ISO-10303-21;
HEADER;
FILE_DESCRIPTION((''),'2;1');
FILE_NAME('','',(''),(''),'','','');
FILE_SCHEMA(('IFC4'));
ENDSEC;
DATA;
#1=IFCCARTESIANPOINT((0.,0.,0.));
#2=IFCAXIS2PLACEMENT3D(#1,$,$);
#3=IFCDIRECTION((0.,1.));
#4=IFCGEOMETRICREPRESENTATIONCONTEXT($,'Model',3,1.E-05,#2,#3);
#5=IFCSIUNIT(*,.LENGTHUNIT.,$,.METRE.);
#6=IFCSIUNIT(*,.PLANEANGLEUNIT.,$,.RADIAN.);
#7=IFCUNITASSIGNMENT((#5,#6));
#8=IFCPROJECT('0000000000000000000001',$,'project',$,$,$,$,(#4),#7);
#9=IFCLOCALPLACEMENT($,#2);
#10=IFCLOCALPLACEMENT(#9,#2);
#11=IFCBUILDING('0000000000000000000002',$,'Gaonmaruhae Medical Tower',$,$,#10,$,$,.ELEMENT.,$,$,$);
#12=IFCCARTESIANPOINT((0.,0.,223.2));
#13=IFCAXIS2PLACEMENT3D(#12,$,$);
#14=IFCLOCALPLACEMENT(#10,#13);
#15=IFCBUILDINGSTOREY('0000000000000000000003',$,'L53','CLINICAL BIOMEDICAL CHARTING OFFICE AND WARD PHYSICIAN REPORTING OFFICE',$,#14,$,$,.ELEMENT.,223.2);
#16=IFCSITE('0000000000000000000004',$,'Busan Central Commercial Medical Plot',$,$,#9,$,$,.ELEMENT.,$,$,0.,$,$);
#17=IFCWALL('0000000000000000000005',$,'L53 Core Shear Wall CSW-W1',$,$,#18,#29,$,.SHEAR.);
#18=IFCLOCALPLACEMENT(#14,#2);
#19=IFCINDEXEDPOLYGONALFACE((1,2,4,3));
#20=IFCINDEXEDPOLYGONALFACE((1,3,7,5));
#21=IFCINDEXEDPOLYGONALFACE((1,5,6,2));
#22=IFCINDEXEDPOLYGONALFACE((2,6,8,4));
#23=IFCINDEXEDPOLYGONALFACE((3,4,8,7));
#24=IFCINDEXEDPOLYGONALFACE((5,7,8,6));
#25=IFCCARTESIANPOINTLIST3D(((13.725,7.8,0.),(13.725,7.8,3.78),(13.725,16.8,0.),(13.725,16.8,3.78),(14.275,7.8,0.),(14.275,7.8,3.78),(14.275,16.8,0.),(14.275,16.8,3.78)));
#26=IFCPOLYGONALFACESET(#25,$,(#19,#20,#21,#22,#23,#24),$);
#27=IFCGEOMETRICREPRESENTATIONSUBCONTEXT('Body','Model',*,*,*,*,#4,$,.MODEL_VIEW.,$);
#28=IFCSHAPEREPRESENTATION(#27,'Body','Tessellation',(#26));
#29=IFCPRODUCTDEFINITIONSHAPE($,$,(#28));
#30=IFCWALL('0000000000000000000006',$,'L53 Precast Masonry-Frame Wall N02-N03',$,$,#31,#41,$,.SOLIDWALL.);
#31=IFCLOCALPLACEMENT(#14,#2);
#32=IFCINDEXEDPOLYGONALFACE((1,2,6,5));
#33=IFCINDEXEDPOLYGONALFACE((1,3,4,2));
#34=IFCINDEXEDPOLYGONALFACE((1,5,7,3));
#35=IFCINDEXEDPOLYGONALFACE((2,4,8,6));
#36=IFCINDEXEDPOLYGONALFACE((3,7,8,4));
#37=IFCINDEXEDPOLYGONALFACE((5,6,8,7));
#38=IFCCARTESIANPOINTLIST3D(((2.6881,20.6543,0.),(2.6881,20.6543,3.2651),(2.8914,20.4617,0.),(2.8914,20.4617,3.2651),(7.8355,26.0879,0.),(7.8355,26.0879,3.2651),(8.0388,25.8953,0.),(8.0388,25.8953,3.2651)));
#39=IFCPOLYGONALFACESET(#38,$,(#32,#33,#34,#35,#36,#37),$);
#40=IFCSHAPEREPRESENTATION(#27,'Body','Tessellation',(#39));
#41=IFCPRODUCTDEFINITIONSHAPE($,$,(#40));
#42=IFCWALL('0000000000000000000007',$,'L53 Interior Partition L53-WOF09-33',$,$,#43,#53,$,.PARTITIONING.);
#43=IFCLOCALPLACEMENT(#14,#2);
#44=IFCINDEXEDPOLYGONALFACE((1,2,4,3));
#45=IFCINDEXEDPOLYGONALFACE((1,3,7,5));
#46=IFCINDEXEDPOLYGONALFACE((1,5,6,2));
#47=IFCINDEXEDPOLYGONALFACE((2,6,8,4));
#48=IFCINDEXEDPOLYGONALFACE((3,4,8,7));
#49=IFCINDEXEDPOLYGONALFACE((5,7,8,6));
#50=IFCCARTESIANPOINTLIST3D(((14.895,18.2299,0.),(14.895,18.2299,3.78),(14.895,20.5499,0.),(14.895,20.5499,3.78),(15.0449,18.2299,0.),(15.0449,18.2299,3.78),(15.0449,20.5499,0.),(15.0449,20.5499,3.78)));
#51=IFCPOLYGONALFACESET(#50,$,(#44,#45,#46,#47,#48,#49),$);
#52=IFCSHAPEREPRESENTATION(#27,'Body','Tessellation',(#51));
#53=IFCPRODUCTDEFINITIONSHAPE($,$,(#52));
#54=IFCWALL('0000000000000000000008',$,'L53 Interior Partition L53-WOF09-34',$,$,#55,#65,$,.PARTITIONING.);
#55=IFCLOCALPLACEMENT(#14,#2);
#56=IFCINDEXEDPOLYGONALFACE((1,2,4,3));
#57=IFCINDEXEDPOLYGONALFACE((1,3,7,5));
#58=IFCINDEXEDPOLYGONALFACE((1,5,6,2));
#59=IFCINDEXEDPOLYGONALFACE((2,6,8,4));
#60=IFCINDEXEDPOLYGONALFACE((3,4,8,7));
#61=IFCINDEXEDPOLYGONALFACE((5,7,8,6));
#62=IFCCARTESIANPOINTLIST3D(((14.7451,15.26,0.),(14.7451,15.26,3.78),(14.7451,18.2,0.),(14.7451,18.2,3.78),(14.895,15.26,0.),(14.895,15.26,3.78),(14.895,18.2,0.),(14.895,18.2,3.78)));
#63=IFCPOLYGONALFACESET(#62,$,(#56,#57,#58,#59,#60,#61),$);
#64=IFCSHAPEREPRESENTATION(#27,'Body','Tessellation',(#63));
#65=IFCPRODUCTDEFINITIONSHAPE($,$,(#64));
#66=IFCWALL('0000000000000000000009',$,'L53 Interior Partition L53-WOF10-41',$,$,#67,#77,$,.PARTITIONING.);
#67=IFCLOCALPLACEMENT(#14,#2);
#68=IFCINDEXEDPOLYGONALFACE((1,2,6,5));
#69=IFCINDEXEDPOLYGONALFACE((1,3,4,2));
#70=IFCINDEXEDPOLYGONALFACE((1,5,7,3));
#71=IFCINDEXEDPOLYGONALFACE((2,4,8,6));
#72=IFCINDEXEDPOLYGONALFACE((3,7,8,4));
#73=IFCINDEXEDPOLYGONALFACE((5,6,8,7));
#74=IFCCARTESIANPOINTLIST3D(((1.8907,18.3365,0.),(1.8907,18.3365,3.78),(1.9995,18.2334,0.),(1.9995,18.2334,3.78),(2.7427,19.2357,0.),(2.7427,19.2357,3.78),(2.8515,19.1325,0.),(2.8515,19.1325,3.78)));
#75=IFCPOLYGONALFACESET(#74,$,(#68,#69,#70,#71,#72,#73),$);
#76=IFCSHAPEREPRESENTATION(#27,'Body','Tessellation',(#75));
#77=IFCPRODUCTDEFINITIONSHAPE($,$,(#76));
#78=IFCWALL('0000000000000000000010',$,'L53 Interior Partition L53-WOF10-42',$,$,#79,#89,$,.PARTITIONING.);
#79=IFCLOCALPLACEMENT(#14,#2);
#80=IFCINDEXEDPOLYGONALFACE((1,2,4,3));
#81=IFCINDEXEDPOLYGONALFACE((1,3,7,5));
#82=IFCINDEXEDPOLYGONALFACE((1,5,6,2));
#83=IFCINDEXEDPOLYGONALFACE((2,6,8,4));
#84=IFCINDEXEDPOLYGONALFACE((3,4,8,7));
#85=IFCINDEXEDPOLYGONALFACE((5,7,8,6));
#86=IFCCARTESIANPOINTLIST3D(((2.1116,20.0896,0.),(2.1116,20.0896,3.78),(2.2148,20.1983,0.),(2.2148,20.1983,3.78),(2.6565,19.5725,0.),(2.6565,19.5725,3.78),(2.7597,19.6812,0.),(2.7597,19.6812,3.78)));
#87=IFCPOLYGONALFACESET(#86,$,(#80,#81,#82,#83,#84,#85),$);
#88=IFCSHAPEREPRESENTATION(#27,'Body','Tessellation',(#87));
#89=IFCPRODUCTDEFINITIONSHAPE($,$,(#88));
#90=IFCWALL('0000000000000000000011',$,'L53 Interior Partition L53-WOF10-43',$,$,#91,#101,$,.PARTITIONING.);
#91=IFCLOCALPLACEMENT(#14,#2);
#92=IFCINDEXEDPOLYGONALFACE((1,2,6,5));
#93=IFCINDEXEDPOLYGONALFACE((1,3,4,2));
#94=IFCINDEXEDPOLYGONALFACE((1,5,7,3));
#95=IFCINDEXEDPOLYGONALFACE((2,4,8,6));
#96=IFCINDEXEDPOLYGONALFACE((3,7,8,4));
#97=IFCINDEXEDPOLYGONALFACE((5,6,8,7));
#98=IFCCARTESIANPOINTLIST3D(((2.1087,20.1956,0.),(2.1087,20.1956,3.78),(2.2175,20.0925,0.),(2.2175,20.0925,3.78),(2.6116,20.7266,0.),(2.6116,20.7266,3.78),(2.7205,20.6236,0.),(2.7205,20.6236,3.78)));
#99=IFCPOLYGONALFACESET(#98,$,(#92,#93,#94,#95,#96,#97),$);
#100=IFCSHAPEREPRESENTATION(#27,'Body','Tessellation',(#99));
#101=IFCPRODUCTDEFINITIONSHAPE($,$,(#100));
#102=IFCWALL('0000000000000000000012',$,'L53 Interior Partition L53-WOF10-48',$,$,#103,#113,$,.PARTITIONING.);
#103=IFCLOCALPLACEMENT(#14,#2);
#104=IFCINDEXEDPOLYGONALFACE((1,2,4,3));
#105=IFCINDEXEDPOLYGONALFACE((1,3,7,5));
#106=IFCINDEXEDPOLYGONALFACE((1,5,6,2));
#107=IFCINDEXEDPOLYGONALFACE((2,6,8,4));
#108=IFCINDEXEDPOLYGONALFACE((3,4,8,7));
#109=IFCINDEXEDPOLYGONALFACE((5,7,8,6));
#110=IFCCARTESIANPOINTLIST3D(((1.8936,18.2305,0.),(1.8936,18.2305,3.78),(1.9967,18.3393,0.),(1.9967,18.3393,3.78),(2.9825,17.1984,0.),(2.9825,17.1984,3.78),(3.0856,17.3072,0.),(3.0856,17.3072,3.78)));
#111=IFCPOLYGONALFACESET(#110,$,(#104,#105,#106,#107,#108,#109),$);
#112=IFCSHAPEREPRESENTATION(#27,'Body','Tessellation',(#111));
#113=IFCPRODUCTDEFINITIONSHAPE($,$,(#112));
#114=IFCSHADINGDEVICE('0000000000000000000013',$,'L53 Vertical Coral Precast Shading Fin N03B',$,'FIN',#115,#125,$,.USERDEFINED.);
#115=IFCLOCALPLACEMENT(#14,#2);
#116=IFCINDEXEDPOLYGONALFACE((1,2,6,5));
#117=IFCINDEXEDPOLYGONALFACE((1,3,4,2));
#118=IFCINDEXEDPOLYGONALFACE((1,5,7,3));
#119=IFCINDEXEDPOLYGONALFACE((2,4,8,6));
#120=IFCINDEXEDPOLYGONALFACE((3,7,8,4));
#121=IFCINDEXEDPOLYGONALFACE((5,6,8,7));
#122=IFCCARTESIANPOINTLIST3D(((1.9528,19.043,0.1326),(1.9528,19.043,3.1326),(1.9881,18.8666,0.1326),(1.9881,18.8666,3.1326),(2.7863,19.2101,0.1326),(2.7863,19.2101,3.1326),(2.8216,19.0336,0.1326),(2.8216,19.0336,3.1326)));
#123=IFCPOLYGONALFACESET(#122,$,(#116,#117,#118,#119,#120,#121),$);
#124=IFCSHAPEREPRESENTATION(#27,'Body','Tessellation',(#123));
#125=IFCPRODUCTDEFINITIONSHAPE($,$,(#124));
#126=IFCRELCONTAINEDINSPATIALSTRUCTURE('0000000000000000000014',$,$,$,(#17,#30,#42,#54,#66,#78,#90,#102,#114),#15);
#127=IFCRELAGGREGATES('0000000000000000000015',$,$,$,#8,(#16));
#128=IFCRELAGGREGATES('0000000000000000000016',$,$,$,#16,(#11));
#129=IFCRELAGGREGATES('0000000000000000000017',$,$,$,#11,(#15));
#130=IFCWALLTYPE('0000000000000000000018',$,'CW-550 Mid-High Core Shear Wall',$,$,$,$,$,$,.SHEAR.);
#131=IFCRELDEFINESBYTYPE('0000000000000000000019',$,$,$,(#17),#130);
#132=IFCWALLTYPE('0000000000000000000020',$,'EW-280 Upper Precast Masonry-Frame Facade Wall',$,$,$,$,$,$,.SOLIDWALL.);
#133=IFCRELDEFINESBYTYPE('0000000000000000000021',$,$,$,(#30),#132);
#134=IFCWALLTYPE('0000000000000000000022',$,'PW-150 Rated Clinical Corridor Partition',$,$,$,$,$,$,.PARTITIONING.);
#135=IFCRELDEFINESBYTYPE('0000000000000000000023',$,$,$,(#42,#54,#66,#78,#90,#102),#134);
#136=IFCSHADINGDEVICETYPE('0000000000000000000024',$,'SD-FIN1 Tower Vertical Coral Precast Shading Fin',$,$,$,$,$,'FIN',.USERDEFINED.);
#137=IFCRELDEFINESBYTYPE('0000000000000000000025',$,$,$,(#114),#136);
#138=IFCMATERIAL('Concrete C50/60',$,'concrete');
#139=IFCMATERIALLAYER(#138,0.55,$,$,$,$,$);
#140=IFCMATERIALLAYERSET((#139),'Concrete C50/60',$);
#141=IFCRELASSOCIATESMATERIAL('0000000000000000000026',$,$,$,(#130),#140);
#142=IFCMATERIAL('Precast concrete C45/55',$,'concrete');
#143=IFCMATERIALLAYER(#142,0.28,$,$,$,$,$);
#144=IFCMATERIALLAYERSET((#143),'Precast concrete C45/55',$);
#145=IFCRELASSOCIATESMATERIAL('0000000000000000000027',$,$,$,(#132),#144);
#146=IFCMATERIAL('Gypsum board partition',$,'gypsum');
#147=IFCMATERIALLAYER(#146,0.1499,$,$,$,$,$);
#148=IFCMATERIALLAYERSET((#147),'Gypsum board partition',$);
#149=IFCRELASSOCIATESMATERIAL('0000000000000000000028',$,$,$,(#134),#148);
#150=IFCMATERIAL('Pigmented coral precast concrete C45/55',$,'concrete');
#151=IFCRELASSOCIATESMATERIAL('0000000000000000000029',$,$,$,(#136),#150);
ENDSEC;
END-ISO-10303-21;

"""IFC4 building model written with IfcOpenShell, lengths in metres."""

from ifc_helpers import new_model, si_unit, direction, frame, frame_2d, origin, origin_2d, place, context, subcontext, project, spatial, rectangle, extrude, material, layer, layer_set, type_object, element, save


model = new_model("IFC4")

# Units and contexts
model_context = context("Model", 3, precision=1e-05, world=origin(), true_north=direction((0.0, 1.0)))
body_context = subcontext(model_context, "Body", "Model", "MODEL_VIEW")
ifc_project = project(units=[si_unit("LENGTHUNIT", "METRE"), si_unit("PLANEANGLEUNIT", "RADIAN")], contexts=[model_context])

# Site, building, storey
site_placement = place(None, origin())
site = spatial("IfcSite", under=ifc_project, at=site_placement, Name="Busan Central Commercial Medical Plot", CompositionType="ELEMENT", RefElevation=0.0)
building_placement = place(site_placement, origin())
building = spatial("IfcBuilding", under=site, at=building_placement, Name="Gaonmaruhae Medical Tower", CompositionType="ELEMENT")
storey_placement = place(building_placement, frame((0.0, 0.0, 223.2)))
storey = spatial("IfcBuildingStorey", under=building, at=storey_placement, Name="L53", Description="CLINICAL BIOMEDICAL CHARTING OFFICE AND WARD PHYSICIAN REPORTING OFFICE", CompositionType="ELEMENT", Elevation=223.2)

# Shared definitions
ifc_material_1 = material(Name="Concrete C50/60", Category="concrete")

# Walls
ifc_layer_1 = layer(ifc_material_1, 0.55)
ifc_layer_set_1 = layer_set([ifc_layer_1], Name="Concrete C50/60")
wall_type_1 = type_object("IfcWallType", Name="CW-550 Mid-High Core Shear Wall", PredefinedType="SHEAR", material=ifc_layer_set_1)
wall_1_placement = place(storey_placement, frame((14.0, 16.8, 0.0), z_axis=(0.0, 0.0, 1.0), x_axis=(0.0, -1.0, 0.0)))
element("IfcWall", 1, at=wall_1_placement, inside=storey, type_object=wall_type_1, Name="L53 Core Shear Wall CSW-W1", PredefinedType="SHEAR", context=body_context, shape_type="SweptSolid", body=[
    extrude(rectangle(XDim=9.0, YDim=0.55, at=frame_2d((4.5, 0.0))), origin(), (0.0, 0.0, 1.0), 3.78),
])
ifc_material_2 = material(Name="Precast concrete C45/55", Category="concrete")
ifc_layer_2 = layer(ifc_material_2, 0.28)
ifc_layer_set_2 = layer_set([ifc_layer_2], Name="Precast concrete C45/55")
wall_type_2 = type_object("IfcWallType", Name="EW-280 Upper Precast Masonry-Frame Facade Wall", PredefinedType="SOLIDWALL", material=ifc_layer_set_2)
wall_2_placement = place(storey_placement, frame((2.7898, 20.5581, 0.0), z_axis=(0.0, 0.0, 1.0), x_axis=(0.687734, 0.725963, 0.0)))
element("IfcWall", 2, at=wall_2_placement, inside=storey, type_object=wall_type_2, Name="L53 Precast Masonry-Frame Wall N02-N03", PredefinedType="SOLIDWALL", context=body_context, shape_type="SweptSolid", body=[
    extrude(rectangle(XDim=7.4846, YDim=0.28, at=frame_2d((3.7422, 0.0))), origin(), (0.0, 0.0, 1.0), 3.2651),
])
ifc_material_3 = material(Name="Gypsum board partition", Category="gypsum")
ifc_layer_3 = layer(ifc_material_3, 0.1499)
ifc_layer_set_3 = layer_set([ifc_layer_3], Name="Gypsum board partition")
wall_type_3 = type_object("IfcWallType", Name="PW-150 Rated Clinical Corridor Partition", PredefinedType="PARTITIONING", material=ifc_layer_set_3)
wall_3_placement = place(storey_placement, frame((14.97, 20.55, 0.0), z_axis=(0.0, 0.0, 1.0), x_axis=(0.0, -1.0, 0.0)))
element("IfcWall", 3, at=wall_3_placement, inside=storey, type_object=wall_type_3, Name="L53 Interior Partition L53-WOF09-33", PredefinedType="PARTITIONING", context=body_context, shape_type="SweptSolid", body=[
    extrude(rectangle(XDim=2.3201, YDim=0.1499, at=frame_2d((1.1602, 0.0))), origin(), (0.0, 0.0, 1.0), 3.78),
])
wall_4_placement = place(storey_placement, frame((14.8201, 18.2, 0.0), z_axis=(0.0, 0.0, 1.0), x_axis=(0.0, -1.0, 0.0)))
element("IfcWall", 4, at=wall_4_placement, inside=storey, type_object=wall_type_3, Name="L53 Interior Partition L53-WOF09-34", PredefinedType="PARTITIONING", context=body_context, shape_type="SweptSolid", body=[
    extrude(rectangle(XDim=2.9399, YDim=0.1499, at=frame_2d((1.47, 0.0))), origin(), (0.0, 0.0, 1.0), 3.78),
])
wall_5_placement = place(storey_placement, frame((1.9451, 18.2849, 0.0), z_axis=(0.0, 0.0, 1.0), x_axis=(0.687832, 0.72587, 0.0)))
element("IfcWall", 5, at=wall_5_placement, inside=storey, type_object=wall_type_3, Name="L53 Interior Partition L53-WOF10-41", PredefinedType="PARTITIONING", context=body_context, shape_type="SweptSolid", body=[
    extrude(rectangle(XDim=1.2388, YDim=0.1499, at=frame_2d((0.6194, 0.0))), origin(), (0.0, 0.0, 1.0), 3.78),
])
wall_6_placement = place(storey_placement, frame((2.708, 19.627, 0.0), z_axis=(0.0, 0.0, 1.0), x_axis=(-0.725389, 0.688339, 0.0)))
element("IfcWall", 6, at=wall_6_placement, inside=storey, type_object=wall_type_3, Name="L53 Interior Partition L53-WOF10-42", PredefinedType="PARTITIONING", context=body_context, shape_type="SweptSolid", body=[
    extrude(rectangle(XDim=0.7512, YDim=0.1499, at=frame_2d((0.3755, 0.0))), origin(), (0.0, 0.0, 1.0), 3.78),
])
wall_7_placement = place(storey_placement, frame((2.1631, 20.144, 0.0), z_axis=(0.0, 0.0, 1.0), x_axis=(0.687652, 0.72604, 0.0)))
element("IfcWall", 7, at=wall_7_placement, inside=storey, type_object=wall_type_3, Name="L53 Interior Partition L53-WOF10-43", PredefinedType="PARTITIONING", context=body_context, shape_type="SweptSolid", body=[
    extrude(rectangle(XDim=0.7314, YDim=0.1499, at=frame_2d((0.3657, 0.0))), origin(), (0.0, 0.0, 1.0), 3.78),
])
wall_8_placement = place(storey_placement, frame((3.0339, 17.2529, 0.0), z_axis=(0.0, 0.0, 1.0), x_axis=(-0.725812, 0.687894, 0.0)))
element("IfcWall", 8, at=wall_8_placement, inside=storey, type_object=wall_type_3, Name="L53 Interior Partition L53-WOF10-48", PredefinedType="PARTITIONING", context=body_context, shape_type="SweptSolid", body=[
    extrude(rectangle(XDim=1.5002, YDim=0.1499, at=frame_2d((0.75, 0.0))), origin(), (0.0, 0.0, 1.0), 3.78),
])

# Shading device
ifc_material_4 = material(Name="Pigmented coral precast concrete C45/55", Category="concrete")
shading_device_type = type_object("IfcShadingDeviceType", Name="SD-FIN1 Tower Vertical Coral Precast Shading Fin", ElementType="FIN", PredefinedType="USERDEFINED", material=ifc_material_4)
shading_device_placement = place(storey_placement, frame((2.3872, 19.0383, 0.1326), z_axis=(0.0, 0.0, 1.0), x_axis=(-0.196511, 0.980502, 0.0)))
element("IfcShadingDevice", 9, at=shading_device_placement, inside=storey, type_object=shading_device_type, Name="L53 Vertical Coral Precast Shading Fin N03B", ObjectType="FIN", PredefinedType="USERDEFINED", context=body_context, shape_type="SweptSolid", body=[
    extrude(rectangle(XDim=0.1799, YDim=0.8501, at=origin_2d()), origin(), (0.0, 0.0, 1.0), 3.0),
])

save(model, "model.ifc")
